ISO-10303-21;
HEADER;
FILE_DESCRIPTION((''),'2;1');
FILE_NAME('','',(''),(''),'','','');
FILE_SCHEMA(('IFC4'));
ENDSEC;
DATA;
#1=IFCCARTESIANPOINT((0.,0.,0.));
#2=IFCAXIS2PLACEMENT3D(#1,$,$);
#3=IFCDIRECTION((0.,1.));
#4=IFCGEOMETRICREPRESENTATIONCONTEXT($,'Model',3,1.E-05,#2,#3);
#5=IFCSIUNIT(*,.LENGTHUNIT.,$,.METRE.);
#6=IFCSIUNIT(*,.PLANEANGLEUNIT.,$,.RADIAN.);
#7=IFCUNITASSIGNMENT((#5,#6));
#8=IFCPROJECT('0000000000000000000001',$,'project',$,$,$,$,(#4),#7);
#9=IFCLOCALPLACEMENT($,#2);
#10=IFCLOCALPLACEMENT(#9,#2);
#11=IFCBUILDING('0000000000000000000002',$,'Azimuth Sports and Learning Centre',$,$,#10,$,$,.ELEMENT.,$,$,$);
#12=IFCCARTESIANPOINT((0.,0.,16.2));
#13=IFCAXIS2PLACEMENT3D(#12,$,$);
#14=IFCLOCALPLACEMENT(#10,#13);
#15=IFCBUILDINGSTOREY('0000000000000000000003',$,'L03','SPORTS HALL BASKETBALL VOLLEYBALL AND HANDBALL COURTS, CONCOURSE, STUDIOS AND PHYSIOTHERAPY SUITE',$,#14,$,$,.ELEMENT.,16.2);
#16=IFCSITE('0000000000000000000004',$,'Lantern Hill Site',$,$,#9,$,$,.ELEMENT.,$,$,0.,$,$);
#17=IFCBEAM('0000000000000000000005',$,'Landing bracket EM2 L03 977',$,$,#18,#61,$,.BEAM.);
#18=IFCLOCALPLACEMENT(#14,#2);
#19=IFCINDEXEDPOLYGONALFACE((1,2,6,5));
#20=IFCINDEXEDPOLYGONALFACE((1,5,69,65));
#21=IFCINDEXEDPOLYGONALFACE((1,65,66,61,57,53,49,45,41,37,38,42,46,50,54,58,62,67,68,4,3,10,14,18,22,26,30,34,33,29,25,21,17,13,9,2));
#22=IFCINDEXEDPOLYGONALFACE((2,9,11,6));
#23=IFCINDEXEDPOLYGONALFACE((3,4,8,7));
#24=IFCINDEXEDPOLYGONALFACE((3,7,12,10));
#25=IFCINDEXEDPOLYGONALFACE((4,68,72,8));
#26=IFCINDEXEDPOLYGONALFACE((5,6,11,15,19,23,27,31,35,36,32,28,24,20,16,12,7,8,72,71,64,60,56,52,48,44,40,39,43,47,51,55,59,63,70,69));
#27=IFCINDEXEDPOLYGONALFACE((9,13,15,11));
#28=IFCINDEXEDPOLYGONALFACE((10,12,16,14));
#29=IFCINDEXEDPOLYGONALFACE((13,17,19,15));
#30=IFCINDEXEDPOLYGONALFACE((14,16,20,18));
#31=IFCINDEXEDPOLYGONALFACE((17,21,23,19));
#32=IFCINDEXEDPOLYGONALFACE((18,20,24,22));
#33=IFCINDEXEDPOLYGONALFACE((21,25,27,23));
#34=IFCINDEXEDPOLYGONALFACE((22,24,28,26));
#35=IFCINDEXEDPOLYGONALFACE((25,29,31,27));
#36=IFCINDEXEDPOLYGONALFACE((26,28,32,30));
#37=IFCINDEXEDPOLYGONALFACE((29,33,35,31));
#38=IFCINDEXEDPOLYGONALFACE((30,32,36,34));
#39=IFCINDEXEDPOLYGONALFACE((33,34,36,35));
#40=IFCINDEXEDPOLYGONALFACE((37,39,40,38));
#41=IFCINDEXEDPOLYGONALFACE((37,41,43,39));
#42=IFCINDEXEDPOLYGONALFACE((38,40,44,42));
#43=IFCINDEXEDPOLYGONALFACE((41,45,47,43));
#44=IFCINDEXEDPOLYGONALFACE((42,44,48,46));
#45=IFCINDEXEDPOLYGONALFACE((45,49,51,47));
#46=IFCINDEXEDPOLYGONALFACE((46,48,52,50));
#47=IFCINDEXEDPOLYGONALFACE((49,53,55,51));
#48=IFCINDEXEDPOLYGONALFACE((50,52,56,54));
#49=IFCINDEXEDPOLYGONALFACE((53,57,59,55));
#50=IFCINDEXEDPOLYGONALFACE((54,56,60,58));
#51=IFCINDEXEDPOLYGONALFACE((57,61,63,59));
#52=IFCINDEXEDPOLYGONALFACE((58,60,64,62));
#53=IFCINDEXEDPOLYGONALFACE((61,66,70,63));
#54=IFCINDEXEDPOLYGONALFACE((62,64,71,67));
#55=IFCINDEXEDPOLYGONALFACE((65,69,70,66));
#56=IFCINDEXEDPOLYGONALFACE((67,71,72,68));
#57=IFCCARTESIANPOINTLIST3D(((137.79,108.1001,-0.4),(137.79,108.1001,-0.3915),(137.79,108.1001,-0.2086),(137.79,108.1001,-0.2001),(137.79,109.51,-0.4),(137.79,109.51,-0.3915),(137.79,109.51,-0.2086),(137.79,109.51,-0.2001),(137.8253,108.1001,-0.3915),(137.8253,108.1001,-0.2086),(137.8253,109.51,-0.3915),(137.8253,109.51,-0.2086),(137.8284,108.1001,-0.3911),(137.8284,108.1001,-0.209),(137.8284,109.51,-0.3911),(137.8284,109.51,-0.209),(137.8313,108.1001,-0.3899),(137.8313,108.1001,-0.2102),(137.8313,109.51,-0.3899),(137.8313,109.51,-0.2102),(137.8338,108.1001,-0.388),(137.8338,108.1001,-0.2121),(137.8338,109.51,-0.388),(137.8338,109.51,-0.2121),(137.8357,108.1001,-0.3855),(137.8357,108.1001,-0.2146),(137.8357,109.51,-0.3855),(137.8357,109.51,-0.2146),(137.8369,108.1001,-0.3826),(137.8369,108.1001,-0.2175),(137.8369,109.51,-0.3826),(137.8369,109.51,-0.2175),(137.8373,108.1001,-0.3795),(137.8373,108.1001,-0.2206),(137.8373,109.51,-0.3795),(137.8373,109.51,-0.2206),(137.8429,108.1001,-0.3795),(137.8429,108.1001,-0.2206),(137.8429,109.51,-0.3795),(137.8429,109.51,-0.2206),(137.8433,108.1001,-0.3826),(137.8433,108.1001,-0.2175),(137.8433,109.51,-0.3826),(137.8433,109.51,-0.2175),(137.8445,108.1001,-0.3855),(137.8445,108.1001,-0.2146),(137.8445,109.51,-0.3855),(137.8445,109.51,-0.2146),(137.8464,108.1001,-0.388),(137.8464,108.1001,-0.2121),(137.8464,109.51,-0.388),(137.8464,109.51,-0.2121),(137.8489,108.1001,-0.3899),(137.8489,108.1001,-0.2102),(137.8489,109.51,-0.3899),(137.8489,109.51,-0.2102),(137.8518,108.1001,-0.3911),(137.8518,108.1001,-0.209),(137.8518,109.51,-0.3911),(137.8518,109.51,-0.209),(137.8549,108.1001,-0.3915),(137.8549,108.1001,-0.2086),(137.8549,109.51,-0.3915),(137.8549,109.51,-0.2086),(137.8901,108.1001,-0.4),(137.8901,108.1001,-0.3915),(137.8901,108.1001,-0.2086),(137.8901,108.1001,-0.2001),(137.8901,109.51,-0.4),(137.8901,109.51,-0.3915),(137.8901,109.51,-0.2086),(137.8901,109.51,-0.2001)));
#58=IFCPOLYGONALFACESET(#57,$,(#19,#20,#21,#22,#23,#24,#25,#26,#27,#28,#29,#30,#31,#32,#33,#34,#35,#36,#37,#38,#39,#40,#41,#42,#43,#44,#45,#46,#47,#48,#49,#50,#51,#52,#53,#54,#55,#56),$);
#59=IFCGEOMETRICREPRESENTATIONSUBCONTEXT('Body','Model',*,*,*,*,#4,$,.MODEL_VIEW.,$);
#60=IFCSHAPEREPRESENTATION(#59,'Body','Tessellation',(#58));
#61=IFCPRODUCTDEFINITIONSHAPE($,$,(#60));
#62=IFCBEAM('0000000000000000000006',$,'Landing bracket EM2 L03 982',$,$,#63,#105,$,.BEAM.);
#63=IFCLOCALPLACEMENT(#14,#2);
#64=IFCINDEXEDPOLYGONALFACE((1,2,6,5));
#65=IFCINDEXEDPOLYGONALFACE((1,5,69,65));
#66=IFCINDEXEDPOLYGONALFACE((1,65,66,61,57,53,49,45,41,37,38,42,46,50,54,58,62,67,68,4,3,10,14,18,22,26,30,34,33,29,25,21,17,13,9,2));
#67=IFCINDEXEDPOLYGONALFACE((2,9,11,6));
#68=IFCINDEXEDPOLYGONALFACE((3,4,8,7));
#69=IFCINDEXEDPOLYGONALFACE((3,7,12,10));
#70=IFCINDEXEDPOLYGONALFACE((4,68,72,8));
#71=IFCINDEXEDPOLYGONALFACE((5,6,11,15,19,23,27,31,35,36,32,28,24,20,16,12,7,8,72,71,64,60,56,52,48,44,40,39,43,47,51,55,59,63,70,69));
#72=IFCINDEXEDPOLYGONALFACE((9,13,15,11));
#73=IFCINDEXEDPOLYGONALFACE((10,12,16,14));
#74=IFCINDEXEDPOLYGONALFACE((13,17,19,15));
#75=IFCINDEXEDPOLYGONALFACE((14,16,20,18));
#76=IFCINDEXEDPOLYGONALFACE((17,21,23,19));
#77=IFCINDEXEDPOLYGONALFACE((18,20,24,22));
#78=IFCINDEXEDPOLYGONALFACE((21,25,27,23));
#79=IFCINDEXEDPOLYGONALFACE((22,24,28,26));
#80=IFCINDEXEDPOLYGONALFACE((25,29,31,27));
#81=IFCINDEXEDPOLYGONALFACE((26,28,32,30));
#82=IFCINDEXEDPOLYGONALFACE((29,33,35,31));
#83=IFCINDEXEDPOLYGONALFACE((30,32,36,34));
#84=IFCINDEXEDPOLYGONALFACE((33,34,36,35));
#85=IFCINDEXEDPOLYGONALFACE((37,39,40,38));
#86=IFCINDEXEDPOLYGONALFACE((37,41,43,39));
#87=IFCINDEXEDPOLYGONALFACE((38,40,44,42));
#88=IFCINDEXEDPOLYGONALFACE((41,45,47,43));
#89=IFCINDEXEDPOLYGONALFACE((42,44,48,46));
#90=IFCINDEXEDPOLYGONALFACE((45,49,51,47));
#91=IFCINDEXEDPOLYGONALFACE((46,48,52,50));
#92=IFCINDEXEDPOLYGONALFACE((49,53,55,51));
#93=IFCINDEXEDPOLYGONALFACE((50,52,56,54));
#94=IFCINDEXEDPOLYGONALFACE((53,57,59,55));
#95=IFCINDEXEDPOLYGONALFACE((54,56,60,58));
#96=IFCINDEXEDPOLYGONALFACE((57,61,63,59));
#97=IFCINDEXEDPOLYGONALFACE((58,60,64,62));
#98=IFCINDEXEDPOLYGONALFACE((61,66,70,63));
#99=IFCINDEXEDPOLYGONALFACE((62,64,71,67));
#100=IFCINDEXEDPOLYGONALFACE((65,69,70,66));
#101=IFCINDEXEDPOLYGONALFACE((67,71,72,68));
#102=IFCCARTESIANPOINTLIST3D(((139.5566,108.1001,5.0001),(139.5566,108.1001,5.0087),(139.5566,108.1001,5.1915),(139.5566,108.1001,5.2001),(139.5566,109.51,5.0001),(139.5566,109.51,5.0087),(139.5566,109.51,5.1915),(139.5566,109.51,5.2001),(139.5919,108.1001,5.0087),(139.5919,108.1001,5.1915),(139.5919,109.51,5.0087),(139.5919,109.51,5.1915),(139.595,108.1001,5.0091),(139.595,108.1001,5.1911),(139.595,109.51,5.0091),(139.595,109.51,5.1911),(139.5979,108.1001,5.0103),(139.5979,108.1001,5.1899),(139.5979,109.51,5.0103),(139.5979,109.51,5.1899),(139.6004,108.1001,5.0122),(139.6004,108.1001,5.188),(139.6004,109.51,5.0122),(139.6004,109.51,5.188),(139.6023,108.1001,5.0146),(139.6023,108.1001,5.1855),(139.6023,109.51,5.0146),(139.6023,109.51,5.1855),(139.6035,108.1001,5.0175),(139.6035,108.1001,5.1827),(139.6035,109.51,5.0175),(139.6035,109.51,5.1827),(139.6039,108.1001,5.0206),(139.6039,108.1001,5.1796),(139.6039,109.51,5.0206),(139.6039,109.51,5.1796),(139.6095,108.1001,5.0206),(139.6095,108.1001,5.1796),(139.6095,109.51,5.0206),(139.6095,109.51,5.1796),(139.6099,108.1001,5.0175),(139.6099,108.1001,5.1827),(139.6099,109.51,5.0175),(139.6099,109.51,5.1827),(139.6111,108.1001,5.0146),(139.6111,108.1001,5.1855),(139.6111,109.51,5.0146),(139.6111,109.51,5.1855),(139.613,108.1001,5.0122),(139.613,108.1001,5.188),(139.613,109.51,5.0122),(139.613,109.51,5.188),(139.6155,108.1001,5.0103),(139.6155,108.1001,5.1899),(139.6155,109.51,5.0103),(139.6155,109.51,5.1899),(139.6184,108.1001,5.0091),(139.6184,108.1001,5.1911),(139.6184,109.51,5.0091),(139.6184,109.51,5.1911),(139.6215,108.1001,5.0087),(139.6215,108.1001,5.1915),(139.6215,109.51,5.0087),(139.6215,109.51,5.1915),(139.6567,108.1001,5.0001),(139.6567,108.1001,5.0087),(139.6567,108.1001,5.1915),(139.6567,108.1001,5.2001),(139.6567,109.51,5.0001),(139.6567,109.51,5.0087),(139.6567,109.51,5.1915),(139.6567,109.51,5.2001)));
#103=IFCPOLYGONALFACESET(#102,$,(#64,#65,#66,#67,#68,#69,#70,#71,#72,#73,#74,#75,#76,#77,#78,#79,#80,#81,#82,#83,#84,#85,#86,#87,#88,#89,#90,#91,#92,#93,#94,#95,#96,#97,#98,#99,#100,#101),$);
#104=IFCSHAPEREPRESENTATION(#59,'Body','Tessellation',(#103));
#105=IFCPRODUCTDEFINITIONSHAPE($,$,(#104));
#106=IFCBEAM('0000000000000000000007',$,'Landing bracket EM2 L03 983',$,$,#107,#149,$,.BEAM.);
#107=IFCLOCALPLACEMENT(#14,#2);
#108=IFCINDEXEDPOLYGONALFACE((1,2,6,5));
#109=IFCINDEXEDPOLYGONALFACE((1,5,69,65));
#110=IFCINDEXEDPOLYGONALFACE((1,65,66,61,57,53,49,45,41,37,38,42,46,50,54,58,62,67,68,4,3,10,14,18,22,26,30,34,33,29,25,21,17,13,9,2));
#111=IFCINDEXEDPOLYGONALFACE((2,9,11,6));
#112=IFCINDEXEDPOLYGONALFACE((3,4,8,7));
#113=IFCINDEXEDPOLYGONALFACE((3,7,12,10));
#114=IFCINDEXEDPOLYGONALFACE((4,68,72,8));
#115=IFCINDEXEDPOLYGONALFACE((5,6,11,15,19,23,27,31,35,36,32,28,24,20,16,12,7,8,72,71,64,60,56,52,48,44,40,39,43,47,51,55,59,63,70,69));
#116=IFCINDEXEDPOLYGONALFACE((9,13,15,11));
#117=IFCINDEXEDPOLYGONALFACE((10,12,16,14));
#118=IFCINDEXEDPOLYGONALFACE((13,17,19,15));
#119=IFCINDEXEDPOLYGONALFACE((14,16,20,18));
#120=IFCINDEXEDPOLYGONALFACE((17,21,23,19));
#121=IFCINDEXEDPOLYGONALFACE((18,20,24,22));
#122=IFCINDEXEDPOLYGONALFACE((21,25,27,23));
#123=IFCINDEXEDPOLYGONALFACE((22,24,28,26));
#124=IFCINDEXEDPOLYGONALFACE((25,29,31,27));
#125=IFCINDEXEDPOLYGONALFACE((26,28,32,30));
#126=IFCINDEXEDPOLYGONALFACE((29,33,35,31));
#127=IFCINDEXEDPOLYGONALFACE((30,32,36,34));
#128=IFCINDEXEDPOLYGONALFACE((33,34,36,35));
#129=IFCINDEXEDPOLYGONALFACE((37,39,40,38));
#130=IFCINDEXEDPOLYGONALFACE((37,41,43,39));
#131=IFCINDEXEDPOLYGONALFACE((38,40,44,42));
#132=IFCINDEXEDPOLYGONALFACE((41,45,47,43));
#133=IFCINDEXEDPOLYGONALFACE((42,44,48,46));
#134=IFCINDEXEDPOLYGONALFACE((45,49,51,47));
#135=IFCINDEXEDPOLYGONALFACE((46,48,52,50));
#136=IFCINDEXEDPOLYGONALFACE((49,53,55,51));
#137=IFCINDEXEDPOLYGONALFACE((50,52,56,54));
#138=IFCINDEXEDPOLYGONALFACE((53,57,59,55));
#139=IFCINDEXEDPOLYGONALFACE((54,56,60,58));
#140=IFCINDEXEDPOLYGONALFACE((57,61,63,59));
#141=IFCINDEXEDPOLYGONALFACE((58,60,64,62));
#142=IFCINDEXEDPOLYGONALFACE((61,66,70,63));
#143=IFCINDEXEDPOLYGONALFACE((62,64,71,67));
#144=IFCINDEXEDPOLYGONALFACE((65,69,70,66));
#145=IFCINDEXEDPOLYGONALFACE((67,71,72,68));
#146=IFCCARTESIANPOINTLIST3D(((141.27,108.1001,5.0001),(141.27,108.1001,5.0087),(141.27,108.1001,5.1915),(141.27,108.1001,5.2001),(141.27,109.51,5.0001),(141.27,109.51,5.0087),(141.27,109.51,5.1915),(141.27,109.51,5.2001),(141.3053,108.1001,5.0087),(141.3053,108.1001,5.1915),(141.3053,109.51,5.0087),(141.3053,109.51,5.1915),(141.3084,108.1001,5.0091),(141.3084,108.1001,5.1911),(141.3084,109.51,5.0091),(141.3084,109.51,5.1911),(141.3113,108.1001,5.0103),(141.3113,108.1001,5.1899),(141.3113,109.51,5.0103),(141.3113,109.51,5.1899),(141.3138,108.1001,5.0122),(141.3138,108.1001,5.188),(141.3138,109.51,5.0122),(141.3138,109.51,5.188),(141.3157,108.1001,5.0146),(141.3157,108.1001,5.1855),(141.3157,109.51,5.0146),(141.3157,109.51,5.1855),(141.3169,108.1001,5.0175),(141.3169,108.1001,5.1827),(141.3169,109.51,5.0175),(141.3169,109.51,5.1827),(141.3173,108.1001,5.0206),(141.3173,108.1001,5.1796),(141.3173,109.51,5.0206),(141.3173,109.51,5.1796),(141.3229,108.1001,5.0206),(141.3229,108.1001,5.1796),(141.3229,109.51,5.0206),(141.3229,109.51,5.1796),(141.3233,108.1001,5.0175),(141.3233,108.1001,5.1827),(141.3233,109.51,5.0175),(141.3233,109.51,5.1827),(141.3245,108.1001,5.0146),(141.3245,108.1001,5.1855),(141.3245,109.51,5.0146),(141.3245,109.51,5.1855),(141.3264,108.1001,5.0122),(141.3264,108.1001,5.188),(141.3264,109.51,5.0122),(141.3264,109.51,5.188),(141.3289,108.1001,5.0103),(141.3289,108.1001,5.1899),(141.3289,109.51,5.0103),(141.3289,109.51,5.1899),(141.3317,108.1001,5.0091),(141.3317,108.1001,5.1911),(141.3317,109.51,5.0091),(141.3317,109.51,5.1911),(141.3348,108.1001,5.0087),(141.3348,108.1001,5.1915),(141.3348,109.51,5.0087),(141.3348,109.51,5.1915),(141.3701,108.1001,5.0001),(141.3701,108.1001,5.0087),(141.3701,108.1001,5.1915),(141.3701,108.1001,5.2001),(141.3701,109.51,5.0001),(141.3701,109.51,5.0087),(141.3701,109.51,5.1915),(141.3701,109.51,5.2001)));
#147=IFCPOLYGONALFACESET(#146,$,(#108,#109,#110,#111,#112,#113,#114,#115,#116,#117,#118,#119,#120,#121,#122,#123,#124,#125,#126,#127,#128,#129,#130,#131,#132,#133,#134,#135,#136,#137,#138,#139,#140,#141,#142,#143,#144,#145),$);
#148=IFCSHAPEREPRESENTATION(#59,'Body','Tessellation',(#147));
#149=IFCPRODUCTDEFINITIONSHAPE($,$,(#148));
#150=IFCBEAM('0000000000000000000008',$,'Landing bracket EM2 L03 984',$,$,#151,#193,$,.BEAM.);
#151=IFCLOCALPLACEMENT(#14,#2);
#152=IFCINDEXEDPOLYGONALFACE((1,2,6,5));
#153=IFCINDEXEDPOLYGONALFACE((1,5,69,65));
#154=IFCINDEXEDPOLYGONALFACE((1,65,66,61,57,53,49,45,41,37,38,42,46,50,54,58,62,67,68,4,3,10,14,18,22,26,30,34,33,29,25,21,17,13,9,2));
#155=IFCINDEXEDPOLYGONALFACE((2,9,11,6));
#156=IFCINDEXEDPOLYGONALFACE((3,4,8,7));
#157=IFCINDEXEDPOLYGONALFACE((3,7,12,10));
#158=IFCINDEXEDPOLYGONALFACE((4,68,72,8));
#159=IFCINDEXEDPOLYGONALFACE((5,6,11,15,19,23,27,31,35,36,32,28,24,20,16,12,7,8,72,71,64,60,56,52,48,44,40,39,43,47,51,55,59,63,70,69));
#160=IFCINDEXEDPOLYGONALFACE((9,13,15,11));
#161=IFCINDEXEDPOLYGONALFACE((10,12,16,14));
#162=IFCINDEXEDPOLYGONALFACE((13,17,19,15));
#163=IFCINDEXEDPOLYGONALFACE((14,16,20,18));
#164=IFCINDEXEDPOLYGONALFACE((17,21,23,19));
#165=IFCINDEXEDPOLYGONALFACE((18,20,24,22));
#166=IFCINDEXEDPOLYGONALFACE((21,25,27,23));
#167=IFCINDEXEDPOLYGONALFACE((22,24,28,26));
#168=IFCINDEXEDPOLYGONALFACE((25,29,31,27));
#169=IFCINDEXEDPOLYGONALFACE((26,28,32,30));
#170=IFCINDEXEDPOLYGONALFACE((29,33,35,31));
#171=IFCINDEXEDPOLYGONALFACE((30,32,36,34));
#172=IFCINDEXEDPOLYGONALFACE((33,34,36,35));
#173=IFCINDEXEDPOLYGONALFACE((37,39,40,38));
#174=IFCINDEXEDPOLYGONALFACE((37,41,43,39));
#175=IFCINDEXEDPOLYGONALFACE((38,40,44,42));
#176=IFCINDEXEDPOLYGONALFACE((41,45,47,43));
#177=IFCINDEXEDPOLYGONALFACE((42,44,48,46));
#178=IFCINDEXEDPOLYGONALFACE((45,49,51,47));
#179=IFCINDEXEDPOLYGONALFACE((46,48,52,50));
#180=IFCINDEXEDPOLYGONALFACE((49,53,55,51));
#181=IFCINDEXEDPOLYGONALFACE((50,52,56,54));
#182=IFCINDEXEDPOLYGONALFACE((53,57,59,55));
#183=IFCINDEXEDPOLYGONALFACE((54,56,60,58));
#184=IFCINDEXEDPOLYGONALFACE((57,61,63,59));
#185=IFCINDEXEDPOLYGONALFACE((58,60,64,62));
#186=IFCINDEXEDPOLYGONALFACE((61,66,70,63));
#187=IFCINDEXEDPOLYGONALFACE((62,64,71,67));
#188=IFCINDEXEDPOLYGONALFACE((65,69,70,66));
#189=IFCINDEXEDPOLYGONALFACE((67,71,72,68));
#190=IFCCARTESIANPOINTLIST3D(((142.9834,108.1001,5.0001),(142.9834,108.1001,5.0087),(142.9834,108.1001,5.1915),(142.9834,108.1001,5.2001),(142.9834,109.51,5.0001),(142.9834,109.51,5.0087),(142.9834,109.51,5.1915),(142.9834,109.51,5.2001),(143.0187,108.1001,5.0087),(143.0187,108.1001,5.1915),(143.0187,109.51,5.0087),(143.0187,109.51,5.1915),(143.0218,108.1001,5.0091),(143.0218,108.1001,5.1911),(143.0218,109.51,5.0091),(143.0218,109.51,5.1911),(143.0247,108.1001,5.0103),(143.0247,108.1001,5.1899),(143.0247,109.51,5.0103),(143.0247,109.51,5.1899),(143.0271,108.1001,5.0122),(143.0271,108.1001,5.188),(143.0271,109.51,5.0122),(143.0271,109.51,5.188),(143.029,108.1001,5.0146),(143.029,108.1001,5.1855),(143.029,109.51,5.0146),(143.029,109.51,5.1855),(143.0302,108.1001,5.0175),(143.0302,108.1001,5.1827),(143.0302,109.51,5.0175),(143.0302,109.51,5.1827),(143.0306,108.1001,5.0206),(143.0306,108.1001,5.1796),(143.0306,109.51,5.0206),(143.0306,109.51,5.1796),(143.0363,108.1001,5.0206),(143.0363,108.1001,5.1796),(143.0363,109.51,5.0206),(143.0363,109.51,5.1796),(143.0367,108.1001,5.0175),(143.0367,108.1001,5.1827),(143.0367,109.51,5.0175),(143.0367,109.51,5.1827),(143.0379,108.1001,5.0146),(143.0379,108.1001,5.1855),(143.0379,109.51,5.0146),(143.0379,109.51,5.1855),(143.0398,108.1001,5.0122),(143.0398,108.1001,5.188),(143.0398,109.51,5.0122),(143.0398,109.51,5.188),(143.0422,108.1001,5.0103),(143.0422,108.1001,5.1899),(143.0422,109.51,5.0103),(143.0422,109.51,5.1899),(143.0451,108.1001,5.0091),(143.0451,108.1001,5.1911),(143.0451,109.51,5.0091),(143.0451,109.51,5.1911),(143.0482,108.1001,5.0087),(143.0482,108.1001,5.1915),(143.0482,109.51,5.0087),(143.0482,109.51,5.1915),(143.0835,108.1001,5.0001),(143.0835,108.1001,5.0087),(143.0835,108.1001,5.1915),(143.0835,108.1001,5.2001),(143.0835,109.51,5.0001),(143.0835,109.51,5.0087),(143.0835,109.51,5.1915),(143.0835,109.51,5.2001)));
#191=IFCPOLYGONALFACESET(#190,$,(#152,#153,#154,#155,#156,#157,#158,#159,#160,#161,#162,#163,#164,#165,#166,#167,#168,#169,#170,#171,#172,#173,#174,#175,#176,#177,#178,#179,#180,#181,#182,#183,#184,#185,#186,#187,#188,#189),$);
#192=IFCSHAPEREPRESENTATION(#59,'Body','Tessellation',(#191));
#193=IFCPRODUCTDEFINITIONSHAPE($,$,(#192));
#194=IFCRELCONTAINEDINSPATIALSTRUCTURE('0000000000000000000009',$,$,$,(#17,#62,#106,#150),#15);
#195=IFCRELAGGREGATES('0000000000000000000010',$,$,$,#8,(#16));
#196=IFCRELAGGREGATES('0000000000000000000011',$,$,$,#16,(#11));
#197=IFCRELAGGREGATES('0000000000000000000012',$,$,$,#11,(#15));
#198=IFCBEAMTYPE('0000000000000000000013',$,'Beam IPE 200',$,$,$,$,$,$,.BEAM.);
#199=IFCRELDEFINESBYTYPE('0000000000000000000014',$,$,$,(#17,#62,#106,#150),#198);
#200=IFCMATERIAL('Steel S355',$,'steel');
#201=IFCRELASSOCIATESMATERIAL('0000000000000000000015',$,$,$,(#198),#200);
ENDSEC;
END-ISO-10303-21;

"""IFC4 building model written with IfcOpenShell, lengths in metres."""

from ifc_helpers import new_model, si_unit, direction, frame, origin, origin_2d, place, context, subcontext, project, spatial, i_section, extrude, material, material_profile, profile_set, type_object, element, save


model = new_model("IFC4")

# Units and contexts
model_context = context("Model", 3, precision=1e-05, world=origin(), true_north=direction((0.0, 1.0)))
body_context = subcontext(model_context, "Body", "Model", "MODEL_VIEW")
ifc_project = project(units=[si_unit("LENGTHUNIT", "METRE"), si_unit("PLANEANGLEUNIT", "RADIAN")], contexts=[model_context])

# Site, building, storey
site_placement = place(None, origin())
site = spatial("IfcSite", under=ifc_project, at=site_placement, Name="Lantern Hill Site", CompositionType="ELEMENT", RefElevation=0.0)
building_placement = place(site_placement, origin())
building = spatial("IfcBuilding", under=site, at=building_placement, Name="Azimuth Sports and Learning Centre", CompositionType="ELEMENT")
storey_placement = place(building_placement, frame((0.0, 0.0, 16.2)))
storey = spatial("IfcBuildingStorey", under=building, at=storey_placement, Name="L03", Description="SPORTS HALL BASKETBALL VOLLEYBALL AND HANDBALL COURTS, CONCOURSE, STUDIOS AND PHYSIOTHERAPY SUITE", CompositionType="ELEMENT", Elevation=16.2)

# Beams
ifc_material_1 = material(Name="Steel S355", Category="steel")
ifc_material_profile_1 = material_profile(ifc_material_1, i_section(OverallWidth=0.1001, OverallDepth=0.2, WebThickness=0.0056, FlangeThickness=0.0085, FilletRadius=0.012, at=origin_2d()), Name="IPE 200")
ifc_profile_set_1 = profile_set([ifc_material_profile_1], Name="Steel S355")
beam_type_1 = type_object("IfcBeamType", Name="Beam IPE 200", PredefinedType="BEAM", material=ifc_profile_set_1)
for number, where, z_axis, x_axis, name in (
    (1, (137.8401, 108.1001, -0.3), (0.0, 1.0, 0.0), (-1.0, 0.0, 0.0), "Landing bracket EM2 L03 977"),
    (2, (139.6067, 108.1001, 5.1001), (0.0, 1.0, 0.0), (-1.0, 0.0, 0.0), "Landing bracket EM2 L03 982"),
    (3, (141.3201, 108.1001, 5.1001), (0.0, 1.0, 0.0), (-1.0, 0.0, 0.0), "Landing bracket EM2 L03 983"),
    (4, (143.0334, 108.1001, 5.1001), (0.0, 1.0, 0.0), (-1.0, 0.0, 0.0), "Landing bracket EM2 L03 984"),
):
    element("IfcBeam", number, at=place(storey_placement, frame(where, z_axis=z_axis, x_axis=x_axis)), inside=storey, type_object=beam_type_1, Name=name, PredefinedType="BEAM", context=body_context, shape_type="SweptSolid", body=[
        extrude(i_section(OverallWidth=0.1001, OverallDepth=0.2, WebThickness=0.0056, FlangeThickness=0.0085, FilletRadius=0.012, at=origin_2d()), origin(), (0.0, 0.0, 1.0), 1.4099),
    ])

save(model, "model.ifc")
